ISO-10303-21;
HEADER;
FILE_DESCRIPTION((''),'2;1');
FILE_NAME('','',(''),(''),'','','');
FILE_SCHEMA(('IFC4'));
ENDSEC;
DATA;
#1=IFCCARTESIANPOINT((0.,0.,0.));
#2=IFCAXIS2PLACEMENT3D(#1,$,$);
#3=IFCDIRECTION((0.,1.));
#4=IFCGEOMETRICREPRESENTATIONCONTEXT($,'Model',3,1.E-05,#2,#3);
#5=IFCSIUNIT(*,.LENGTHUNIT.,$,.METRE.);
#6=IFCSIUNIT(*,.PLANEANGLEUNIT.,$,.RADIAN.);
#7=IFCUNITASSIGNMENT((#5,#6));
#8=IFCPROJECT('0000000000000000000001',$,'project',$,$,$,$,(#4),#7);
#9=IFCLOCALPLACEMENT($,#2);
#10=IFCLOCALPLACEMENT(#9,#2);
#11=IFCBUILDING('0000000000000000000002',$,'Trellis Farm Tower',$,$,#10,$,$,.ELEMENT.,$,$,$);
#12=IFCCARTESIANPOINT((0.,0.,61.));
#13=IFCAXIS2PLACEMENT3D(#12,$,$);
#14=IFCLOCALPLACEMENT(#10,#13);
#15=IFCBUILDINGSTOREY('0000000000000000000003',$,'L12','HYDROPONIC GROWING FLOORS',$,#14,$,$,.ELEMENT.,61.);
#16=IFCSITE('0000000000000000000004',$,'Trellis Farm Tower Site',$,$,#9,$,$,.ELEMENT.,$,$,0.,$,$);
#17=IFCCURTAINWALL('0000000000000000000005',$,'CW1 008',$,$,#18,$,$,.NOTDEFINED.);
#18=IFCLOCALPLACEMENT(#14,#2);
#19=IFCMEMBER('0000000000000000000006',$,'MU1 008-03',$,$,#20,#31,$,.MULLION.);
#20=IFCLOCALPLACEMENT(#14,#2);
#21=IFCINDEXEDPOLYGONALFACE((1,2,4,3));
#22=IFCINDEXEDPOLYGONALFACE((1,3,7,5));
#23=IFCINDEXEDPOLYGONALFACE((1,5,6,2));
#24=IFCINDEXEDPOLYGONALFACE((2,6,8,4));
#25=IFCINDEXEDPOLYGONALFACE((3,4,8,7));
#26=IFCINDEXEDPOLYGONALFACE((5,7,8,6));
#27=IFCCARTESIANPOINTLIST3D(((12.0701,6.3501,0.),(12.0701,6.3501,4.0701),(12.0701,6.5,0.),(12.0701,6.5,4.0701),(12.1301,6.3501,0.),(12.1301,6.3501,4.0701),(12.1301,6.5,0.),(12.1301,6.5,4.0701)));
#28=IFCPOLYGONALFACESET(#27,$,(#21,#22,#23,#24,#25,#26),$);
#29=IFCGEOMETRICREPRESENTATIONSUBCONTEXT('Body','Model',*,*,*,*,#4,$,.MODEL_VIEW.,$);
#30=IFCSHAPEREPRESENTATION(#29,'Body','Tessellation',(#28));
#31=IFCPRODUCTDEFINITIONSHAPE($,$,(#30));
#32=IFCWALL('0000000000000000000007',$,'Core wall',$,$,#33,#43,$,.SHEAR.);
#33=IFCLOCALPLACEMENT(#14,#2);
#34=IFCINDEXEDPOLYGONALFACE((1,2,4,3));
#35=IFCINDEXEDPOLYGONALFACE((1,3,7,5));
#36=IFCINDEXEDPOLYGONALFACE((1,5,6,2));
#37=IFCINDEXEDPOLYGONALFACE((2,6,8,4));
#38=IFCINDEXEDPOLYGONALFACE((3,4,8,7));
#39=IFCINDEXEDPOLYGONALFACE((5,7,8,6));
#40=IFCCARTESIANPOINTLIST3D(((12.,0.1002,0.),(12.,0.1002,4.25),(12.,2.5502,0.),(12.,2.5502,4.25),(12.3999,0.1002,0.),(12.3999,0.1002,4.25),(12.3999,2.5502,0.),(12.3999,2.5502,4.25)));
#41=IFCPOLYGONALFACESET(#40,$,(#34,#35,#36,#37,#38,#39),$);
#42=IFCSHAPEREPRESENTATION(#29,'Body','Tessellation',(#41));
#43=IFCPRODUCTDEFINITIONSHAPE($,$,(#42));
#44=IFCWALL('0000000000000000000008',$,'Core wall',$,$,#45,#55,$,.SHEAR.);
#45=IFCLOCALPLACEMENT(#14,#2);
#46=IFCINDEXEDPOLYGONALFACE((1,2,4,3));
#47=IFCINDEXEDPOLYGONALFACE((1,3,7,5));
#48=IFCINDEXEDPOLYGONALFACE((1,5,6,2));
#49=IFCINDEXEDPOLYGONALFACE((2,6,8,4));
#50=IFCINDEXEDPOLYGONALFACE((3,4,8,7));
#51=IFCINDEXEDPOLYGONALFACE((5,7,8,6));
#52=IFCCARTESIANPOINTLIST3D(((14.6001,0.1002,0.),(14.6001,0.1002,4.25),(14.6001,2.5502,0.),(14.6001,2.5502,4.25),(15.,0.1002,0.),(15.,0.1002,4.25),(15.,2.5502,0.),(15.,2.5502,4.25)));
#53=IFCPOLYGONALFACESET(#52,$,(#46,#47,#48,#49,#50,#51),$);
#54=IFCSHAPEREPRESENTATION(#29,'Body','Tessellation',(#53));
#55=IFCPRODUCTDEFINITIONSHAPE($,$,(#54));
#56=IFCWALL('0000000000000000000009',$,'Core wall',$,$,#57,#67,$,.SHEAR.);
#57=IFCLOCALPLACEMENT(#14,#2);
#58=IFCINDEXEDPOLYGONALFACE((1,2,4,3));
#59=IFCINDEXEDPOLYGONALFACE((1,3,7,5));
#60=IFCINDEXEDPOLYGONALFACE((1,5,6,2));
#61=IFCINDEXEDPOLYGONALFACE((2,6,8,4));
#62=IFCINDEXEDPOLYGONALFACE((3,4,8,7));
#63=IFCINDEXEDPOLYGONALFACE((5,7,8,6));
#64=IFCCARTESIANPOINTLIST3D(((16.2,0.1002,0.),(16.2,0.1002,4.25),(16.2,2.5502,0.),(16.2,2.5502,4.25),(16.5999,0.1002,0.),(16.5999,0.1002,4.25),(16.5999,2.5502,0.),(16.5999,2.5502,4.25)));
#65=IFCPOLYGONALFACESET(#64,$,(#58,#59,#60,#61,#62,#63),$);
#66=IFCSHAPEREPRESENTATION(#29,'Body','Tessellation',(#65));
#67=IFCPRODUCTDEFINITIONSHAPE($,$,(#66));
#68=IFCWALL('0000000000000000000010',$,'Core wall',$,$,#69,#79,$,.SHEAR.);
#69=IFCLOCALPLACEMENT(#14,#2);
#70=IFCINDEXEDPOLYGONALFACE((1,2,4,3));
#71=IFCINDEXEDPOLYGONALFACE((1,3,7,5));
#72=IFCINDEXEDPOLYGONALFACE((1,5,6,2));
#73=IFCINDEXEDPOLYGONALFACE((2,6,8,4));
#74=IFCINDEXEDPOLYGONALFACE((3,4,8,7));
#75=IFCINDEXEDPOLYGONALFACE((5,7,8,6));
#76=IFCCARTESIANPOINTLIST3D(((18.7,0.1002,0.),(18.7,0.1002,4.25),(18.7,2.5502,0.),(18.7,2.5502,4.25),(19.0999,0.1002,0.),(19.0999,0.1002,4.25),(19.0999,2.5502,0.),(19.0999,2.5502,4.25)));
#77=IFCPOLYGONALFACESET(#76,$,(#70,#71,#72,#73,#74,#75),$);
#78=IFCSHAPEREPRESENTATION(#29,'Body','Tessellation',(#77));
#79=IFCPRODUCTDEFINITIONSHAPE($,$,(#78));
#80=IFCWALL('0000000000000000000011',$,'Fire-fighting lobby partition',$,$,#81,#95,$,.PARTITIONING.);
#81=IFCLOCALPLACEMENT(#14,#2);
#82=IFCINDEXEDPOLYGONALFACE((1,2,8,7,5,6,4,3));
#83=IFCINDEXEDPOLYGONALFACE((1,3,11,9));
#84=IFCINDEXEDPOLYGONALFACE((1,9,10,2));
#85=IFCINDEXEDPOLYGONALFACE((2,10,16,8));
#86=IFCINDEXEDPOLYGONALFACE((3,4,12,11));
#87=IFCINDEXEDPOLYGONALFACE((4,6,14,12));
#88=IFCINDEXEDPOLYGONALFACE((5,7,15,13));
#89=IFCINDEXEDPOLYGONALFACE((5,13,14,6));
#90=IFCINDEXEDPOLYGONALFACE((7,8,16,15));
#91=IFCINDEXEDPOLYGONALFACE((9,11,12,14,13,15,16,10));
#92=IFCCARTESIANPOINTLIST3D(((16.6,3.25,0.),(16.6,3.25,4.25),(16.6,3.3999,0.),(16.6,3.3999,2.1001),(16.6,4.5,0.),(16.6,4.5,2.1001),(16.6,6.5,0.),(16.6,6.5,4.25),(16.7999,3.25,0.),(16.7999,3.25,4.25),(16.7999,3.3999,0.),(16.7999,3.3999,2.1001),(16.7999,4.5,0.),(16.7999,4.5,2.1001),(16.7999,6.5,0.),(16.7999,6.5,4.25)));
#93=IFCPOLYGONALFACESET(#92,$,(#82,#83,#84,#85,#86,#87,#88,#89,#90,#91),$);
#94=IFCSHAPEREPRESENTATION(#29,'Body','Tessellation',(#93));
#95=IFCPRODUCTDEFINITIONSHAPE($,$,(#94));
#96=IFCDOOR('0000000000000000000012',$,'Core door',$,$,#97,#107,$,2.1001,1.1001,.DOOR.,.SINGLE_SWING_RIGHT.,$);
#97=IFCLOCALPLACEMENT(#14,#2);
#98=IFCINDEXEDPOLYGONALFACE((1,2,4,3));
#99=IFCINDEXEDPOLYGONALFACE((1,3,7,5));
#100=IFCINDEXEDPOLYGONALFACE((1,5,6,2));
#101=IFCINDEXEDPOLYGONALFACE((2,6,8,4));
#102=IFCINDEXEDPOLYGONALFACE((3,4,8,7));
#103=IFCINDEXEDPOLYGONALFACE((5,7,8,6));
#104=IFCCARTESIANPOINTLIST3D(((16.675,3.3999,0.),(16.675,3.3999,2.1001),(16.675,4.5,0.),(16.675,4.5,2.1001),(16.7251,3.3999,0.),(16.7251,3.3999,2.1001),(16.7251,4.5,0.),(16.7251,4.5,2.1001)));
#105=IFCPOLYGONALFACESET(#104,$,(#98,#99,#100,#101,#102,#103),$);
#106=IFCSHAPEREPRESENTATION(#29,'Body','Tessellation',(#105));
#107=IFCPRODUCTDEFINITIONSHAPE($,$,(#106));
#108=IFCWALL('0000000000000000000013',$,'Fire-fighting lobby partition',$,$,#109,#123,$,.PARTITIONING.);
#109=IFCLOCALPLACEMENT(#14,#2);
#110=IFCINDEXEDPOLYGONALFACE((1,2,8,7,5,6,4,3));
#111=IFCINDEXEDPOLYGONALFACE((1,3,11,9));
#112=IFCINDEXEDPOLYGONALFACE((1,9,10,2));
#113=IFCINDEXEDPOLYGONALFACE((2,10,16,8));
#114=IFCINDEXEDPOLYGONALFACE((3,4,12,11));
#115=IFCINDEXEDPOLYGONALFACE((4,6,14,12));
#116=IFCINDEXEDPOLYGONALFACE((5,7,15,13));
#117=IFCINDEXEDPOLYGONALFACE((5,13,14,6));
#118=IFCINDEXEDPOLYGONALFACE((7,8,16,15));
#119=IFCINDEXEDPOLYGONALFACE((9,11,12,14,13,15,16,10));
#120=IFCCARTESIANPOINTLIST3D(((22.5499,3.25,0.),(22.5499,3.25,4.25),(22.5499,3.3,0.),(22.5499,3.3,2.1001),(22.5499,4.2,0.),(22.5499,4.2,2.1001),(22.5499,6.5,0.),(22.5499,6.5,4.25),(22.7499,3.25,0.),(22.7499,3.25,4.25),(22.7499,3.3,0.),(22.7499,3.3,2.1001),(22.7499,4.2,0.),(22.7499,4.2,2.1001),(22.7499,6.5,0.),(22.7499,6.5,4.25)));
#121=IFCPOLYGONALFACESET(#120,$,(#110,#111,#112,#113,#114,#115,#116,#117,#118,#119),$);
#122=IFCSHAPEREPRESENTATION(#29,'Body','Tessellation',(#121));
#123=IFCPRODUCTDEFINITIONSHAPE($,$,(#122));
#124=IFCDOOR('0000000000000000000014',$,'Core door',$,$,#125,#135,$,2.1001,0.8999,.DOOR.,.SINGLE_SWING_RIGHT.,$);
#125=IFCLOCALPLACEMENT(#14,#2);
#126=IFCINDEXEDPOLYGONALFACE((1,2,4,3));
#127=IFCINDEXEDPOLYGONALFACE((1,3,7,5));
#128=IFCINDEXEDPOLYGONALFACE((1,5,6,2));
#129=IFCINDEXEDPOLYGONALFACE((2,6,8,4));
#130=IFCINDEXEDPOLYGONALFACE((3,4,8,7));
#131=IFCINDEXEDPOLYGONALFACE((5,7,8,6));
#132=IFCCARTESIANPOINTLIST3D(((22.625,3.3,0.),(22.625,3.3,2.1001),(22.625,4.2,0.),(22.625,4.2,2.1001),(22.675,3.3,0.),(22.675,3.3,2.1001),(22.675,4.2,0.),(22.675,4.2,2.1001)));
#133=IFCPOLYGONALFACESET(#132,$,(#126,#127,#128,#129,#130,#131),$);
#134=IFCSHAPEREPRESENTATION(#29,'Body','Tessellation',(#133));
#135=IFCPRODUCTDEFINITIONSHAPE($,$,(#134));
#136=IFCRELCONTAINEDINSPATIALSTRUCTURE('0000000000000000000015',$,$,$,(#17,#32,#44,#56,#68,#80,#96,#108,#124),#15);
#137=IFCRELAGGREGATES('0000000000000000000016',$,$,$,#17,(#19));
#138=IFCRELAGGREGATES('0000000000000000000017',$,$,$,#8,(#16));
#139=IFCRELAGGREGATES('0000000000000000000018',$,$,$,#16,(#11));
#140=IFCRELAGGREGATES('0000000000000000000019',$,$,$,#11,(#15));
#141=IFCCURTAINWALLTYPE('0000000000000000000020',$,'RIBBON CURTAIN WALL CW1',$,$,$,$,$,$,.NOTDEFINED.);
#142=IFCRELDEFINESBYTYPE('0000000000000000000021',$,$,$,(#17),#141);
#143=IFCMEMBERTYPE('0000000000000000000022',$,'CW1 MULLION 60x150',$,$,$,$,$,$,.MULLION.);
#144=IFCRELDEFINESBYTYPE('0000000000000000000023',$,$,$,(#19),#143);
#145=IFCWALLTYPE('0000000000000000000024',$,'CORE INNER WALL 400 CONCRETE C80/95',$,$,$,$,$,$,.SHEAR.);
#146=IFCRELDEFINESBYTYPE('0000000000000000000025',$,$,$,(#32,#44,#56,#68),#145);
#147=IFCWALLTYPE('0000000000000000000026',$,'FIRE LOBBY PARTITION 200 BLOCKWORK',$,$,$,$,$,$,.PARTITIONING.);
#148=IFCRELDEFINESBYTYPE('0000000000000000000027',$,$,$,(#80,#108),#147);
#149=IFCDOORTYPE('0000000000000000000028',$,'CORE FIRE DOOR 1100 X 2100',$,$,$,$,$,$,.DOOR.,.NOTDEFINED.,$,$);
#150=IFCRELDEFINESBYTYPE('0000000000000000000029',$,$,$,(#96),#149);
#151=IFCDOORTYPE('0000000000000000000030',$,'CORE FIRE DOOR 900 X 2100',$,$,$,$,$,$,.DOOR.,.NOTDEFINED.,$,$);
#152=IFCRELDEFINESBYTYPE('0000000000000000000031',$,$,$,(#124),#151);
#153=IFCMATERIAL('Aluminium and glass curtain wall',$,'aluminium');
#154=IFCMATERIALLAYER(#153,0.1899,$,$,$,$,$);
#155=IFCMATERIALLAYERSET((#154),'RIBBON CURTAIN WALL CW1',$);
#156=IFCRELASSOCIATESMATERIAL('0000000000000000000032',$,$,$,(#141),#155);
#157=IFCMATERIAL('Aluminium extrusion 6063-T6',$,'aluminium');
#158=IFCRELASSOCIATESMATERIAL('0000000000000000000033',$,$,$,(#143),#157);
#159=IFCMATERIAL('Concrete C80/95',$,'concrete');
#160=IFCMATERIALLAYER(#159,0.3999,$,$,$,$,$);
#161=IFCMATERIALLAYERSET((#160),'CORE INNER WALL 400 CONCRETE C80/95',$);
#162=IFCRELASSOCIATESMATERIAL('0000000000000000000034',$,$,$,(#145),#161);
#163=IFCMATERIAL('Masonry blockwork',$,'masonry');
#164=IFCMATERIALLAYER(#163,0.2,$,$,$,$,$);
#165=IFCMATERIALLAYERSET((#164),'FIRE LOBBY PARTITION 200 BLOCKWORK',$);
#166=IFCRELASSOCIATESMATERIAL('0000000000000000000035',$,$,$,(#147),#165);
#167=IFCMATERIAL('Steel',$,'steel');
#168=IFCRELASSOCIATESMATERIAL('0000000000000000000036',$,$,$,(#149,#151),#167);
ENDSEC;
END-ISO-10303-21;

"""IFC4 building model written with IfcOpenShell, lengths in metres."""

from ifc_helpers import new_model, si_unit, direction, frame, frame_2d, origin, origin_2d, place, context, subcontext, project, spatial, rectangle, extrude, source, transform, mapped, material, layer, layer_set, material_profile, profile_set, type_object, element, fill, aggregate, save


model = new_model("IFC4")

# Units and contexts
model_context = context("Model", 3, precision=1e-05, world=origin(), true_north=direction((0.0, 1.0)))
body_context = subcontext(model_context, "Body", "Model", "MODEL_VIEW")
ifc_project = project(units=[si_unit("LENGTHUNIT", "METRE"), si_unit("PLANEANGLEUNIT", "RADIAN")], contexts=[model_context])

# Site, building, storey
site_placement = place(None, origin())
site = spatial("IfcSite", under=ifc_project, at=site_placement, Name="Trellis Farm Tower Site", CompositionType="ELEMENT", RefElevation=0.0)
building_placement = place(site_placement, origin())
building = spatial("IfcBuilding", under=site, at=building_placement, Name="Trellis Farm Tower", CompositionType="ELEMENT")
storey_placement = place(building_placement, frame((0.0, 0.0, 61.0)))
storey = spatial("IfcBuildingStorey", under=building, at=storey_placement, Name="L12", Description="HYDROPONIC GROWING FLOORS", CompositionType="ELEMENT", Elevation=61.0)

# Shared definitions
ifc_material_1 = material(Name="Concrete C80/95", Category="concrete")

# Curtain wall, member
ifc_material_2 = material(Name="Aluminium and glass curtain wall", Category="aluminium")
ifc_layer_1 = layer(ifc_material_2, 0.1899)
ifc_layer_set_1 = layer_set([ifc_layer_1], Name="RIBBON CURTAIN WALL CW1")
curtain_wall_type = type_object("IfcCurtainWallType", Name="RIBBON CURTAIN WALL CW1", PredefinedType="NOTDEFINED", material=ifc_layer_set_1)
placement = place(storey_placement, origin())
ifc_material_3 = material(Name="Aluminium extrusion 6063-T6", Category="aluminium")
ifc_material_profile_1 = material_profile(ifc_material_3, rectangle(XDim=0.0601, YDim=0.1499, at=origin_2d()), Name="MULLION 60x150")
ifc_profile_set_1 = profile_set([ifc_material_profile_1], Name="Aluminium extrusion 6063-T6")
member_type = type_object("IfcMemberType", Name="CW1 MULLION 60x150", PredefinedType="MULLION", material=ifc_profile_set_1)
shared_shape_1 = source(origin(), body_context, "Body", "SweptSolid", [
    extrude(rectangle(XDim=0.0601, YDim=0.1499, at=origin_2d()), origin(), (0.0, 0.0, 1.0), 4.0701),
])
curtain_wall_1 = element("IfcCurtainWall", 1, at=placement, inside=storey, type_object=curtain_wall_type, Name="CW1 008", PredefinedType="NOTDEFINED")
member_1_placement = place(storey_placement, frame((12.1001, 6.425, 0.0), z_axis=(0.0, 0.0, 1.0), x_axis=(-1.0, 0.0, 0.0)))
member_1 = element("IfcMember", 2, at=member_1_placement, type_object=member_type, Name="MU1 008-03", PredefinedType="MULLION", context=body_context, shape_type="MappedRepresentation", body=[
    mapped(shared_shape_1, transform((0.0, 0.0, 0.0))),
])
aggregate(curtain_wall_1, [member_1])

# Walls
ifc_layer_2 = layer(ifc_material_1, 0.3999)
ifc_layer_set_2 = layer_set([ifc_layer_2], Name="CORE INNER WALL 400 CONCRETE C80/95")
wall_type_1 = type_object("IfcWallType", Name="CORE INNER WALL 400 CONCRETE C80/95", PredefinedType="SHEAR", material=ifc_layer_set_2)
shared_shape_2 = source(origin(), body_context, "Body", "SweptSolid", [
    extrude(rectangle(XDim=2.45, YDim=0.3999, at=frame_2d((1.2251, 0.0))), origin(), (0.0, 0.0, 1.0), 4.25),
])
for number, where, z_axis, x_axis, name in (
    (3, (12.2, 0.1001, 0.0), (0.0, 0.0, 1.0), (0.0, 1.0, 0.0), "Core wall"),
    (4, (14.8, 0.1001, 0.0), (0.0, 0.0, 1.0), (0.0, 1.0, 0.0), "Core wall"),
    (5, (16.3999, 0.1001, 0.0), (0.0, 0.0, 1.0), (0.0, 1.0, 0.0), "Core wall"),
    (6, (18.8999, 0.1001, 0.0), (0.0, 0.0, 1.0), (0.0, 1.0, 0.0), "Core wall"),
):
    element("IfcWall", number, at=place(storey_placement, frame(where, z_axis=z_axis, x_axis=x_axis)), inside=storey, type_object=wall_type_1, Name=name, PredefinedType="SHEAR", context=body_context, shape_type="MappedRepresentation", body=[
        mapped(shared_shape_2, transform((0.0, 0.0, 0.0))),
    ])

# Walls, openings, doors
ifc_material_4 = material(Name="Masonry blockwork", Category="masonry")
ifc_layer_3 = layer(ifc_material_4, 0.2)
ifc_layer_set_3 = layer_set([ifc_layer_3], Name="FIRE LOBBY PARTITION 200 BLOCKWORK")
wall_type_2 = type_object("IfcWallType", Name="FIRE LOBBY PARTITION 200 BLOCKWORK", PredefinedType="PARTITIONING", material=ifc_layer_set_3)
shared_shape_3 = source(origin(), body_context, "Body", "SweptSolid", [
    extrude(rectangle(XDim=3.25, YDim=0.2, at=frame_2d((1.625, 0.0))), origin(), (0.0, 0.0, 1.0), 4.25),
])
wall_1_placement = place(storey_placement, frame((16.7, 3.25, 0.0), z_axis=(0.0, 0.0, 1.0), x_axis=(0.0, 1.0, 0.0)))
wall_1 = element("IfcWall", 7, at=wall_1_placement, inside=storey, type_object=wall_type_2, Name="Fire-fighting lobby partition", PredefinedType="PARTITIONING", context=body_context, shape_type="MappedRepresentation", body=[
    mapped(shared_shape_3, transform((0.0, 0.0, 0.0))),
])
shared_shape_4 = source(origin(), body_context, "Body", "SweptSolid", [
    extrude(rectangle(XDim=1.1001, YDim=2.1001, at=frame_2d((0.55, 1.05))), frame((0.0, 0.1101, 0.0), z_axis=(0.0, -1.0, 0.0), x_axis=(1.0, 0.0, 0.0)), (0.0, 0.0, 1.0), 0.2202),
])
opening_1_placement = place(wall_1_placement, frame((0.1499, 0.0, 0.0)))
opening_1 = element("IfcOpeningElement", 8, at=opening_1_placement, cuts=wall_1, PredefinedType="OPENING", context=body_context, shape_type="MappedRepresentation", body=[
    mapped(shared_shape_4, transform((0.0, 0.0, 0.0))),
])
ifc_material_5 = material(Name="Steel", Category="steel")
door_type_1 = type_object("IfcDoorType", Name="CORE FIRE DOOR 1100 X 2100", OperationType="NOTDEFINED", PredefinedType="DOOR", material=ifc_material_5)
shared_shape_5 = source(origin(), body_context, "Body", "SweptSolid", [
    extrude(rectangle(XDim=1.1001, YDim=2.1001, at=frame_2d((0.55, 1.05))), frame((0.0, 0.0249, 0.0), z_axis=(0.0, -1.0, 0.0), x_axis=(1.0, 0.0, 0.0)), (0.0, 0.0, 1.0), 0.05),
])
door_1_placement = place(opening_1_placement, origin())
door_1 = element("IfcDoor", 9, at=door_1_placement, inside=storey, type_object=door_type_1, Name="Core door", OperationType="SINGLE_SWING_RIGHT", OverallHeight=2.1001, OverallWidth=1.1001, PredefinedType="DOOR", context=body_context, shape_type="MappedRepresentation", body=[
    mapped(shared_shape_5, transform((0.0, 0.0, 0.0))),
])
fill(opening_1, door_1)
wall_2_placement = place(storey_placement, frame((22.6499, 3.25, 0.0), z_axis=(0.0, 0.0, 1.0), x_axis=(0.0, 1.0, 0.0)))
wall_2 = element("IfcWall", 10, at=wall_2_placement, inside=storey, type_object=wall_type_2, Name="Fire-fighting lobby partition", PredefinedType="PARTITIONING", context=body_context, shape_type="MappedRepresentation", body=[
    mapped(shared_shape_3, transform((0.0, 0.0, 0.0))),
])
shared_shape_6 = source(origin(), body_context, "Body", "SweptSolid", [
    extrude(rectangle(XDim=0.8999, YDim=2.1001, at=frame_2d((0.45, 1.05))), frame((0.0, 0.1101, 0.0), z_axis=(0.0, -1.0, 0.0), x_axis=(1.0, 0.0, 0.0)), (0.0, 0.0, 1.0), 0.2202),
])
opening_2_placement = place(wall_2_placement, frame((0.05, 0.0, 0.0)))
opening_2 = element("IfcOpeningElement", 11, at=opening_2_placement, cuts=wall_2, PredefinedType="OPENING", context=body_context, shape_type="MappedRepresentation", body=[
    mapped(shared_shape_6, transform((0.0, 0.0, 0.0))),
])
door_type_2 = type_object("IfcDoorType", Name="CORE FIRE DOOR 900 X 2100", OperationType="NOTDEFINED", PredefinedType="DOOR", material=ifc_material_5)
shared_shape_7 = source(origin(), body_context, "Body", "SweptSolid", [
    extrude(rectangle(XDim=0.8999, YDim=2.1001, at=frame_2d((0.45, 1.05))), frame((0.0, 0.0249, 0.0), z_axis=(0.0, -1.0, 0.0), x_axis=(1.0, 0.0, 0.0)), (0.0, 0.0, 1.0), 0.05),
])
door_2_placement = place(opening_2_placement, origin())
door_2 = element("IfcDoor", 12, at=door_2_placement, inside=storey, type_object=door_type_2, Name="Core door", OperationType="SINGLE_SWING_RIGHT", OverallHeight=2.1001, OverallWidth=0.8999, PredefinedType="DOOR", context=body_context, shape_type="MappedRepresentation", body=[
    mapped(shared_shape_7, transform((0.0, 0.0, 0.0))),
])
fill(opening_2, door_2)

save(model, "model.ifc")
